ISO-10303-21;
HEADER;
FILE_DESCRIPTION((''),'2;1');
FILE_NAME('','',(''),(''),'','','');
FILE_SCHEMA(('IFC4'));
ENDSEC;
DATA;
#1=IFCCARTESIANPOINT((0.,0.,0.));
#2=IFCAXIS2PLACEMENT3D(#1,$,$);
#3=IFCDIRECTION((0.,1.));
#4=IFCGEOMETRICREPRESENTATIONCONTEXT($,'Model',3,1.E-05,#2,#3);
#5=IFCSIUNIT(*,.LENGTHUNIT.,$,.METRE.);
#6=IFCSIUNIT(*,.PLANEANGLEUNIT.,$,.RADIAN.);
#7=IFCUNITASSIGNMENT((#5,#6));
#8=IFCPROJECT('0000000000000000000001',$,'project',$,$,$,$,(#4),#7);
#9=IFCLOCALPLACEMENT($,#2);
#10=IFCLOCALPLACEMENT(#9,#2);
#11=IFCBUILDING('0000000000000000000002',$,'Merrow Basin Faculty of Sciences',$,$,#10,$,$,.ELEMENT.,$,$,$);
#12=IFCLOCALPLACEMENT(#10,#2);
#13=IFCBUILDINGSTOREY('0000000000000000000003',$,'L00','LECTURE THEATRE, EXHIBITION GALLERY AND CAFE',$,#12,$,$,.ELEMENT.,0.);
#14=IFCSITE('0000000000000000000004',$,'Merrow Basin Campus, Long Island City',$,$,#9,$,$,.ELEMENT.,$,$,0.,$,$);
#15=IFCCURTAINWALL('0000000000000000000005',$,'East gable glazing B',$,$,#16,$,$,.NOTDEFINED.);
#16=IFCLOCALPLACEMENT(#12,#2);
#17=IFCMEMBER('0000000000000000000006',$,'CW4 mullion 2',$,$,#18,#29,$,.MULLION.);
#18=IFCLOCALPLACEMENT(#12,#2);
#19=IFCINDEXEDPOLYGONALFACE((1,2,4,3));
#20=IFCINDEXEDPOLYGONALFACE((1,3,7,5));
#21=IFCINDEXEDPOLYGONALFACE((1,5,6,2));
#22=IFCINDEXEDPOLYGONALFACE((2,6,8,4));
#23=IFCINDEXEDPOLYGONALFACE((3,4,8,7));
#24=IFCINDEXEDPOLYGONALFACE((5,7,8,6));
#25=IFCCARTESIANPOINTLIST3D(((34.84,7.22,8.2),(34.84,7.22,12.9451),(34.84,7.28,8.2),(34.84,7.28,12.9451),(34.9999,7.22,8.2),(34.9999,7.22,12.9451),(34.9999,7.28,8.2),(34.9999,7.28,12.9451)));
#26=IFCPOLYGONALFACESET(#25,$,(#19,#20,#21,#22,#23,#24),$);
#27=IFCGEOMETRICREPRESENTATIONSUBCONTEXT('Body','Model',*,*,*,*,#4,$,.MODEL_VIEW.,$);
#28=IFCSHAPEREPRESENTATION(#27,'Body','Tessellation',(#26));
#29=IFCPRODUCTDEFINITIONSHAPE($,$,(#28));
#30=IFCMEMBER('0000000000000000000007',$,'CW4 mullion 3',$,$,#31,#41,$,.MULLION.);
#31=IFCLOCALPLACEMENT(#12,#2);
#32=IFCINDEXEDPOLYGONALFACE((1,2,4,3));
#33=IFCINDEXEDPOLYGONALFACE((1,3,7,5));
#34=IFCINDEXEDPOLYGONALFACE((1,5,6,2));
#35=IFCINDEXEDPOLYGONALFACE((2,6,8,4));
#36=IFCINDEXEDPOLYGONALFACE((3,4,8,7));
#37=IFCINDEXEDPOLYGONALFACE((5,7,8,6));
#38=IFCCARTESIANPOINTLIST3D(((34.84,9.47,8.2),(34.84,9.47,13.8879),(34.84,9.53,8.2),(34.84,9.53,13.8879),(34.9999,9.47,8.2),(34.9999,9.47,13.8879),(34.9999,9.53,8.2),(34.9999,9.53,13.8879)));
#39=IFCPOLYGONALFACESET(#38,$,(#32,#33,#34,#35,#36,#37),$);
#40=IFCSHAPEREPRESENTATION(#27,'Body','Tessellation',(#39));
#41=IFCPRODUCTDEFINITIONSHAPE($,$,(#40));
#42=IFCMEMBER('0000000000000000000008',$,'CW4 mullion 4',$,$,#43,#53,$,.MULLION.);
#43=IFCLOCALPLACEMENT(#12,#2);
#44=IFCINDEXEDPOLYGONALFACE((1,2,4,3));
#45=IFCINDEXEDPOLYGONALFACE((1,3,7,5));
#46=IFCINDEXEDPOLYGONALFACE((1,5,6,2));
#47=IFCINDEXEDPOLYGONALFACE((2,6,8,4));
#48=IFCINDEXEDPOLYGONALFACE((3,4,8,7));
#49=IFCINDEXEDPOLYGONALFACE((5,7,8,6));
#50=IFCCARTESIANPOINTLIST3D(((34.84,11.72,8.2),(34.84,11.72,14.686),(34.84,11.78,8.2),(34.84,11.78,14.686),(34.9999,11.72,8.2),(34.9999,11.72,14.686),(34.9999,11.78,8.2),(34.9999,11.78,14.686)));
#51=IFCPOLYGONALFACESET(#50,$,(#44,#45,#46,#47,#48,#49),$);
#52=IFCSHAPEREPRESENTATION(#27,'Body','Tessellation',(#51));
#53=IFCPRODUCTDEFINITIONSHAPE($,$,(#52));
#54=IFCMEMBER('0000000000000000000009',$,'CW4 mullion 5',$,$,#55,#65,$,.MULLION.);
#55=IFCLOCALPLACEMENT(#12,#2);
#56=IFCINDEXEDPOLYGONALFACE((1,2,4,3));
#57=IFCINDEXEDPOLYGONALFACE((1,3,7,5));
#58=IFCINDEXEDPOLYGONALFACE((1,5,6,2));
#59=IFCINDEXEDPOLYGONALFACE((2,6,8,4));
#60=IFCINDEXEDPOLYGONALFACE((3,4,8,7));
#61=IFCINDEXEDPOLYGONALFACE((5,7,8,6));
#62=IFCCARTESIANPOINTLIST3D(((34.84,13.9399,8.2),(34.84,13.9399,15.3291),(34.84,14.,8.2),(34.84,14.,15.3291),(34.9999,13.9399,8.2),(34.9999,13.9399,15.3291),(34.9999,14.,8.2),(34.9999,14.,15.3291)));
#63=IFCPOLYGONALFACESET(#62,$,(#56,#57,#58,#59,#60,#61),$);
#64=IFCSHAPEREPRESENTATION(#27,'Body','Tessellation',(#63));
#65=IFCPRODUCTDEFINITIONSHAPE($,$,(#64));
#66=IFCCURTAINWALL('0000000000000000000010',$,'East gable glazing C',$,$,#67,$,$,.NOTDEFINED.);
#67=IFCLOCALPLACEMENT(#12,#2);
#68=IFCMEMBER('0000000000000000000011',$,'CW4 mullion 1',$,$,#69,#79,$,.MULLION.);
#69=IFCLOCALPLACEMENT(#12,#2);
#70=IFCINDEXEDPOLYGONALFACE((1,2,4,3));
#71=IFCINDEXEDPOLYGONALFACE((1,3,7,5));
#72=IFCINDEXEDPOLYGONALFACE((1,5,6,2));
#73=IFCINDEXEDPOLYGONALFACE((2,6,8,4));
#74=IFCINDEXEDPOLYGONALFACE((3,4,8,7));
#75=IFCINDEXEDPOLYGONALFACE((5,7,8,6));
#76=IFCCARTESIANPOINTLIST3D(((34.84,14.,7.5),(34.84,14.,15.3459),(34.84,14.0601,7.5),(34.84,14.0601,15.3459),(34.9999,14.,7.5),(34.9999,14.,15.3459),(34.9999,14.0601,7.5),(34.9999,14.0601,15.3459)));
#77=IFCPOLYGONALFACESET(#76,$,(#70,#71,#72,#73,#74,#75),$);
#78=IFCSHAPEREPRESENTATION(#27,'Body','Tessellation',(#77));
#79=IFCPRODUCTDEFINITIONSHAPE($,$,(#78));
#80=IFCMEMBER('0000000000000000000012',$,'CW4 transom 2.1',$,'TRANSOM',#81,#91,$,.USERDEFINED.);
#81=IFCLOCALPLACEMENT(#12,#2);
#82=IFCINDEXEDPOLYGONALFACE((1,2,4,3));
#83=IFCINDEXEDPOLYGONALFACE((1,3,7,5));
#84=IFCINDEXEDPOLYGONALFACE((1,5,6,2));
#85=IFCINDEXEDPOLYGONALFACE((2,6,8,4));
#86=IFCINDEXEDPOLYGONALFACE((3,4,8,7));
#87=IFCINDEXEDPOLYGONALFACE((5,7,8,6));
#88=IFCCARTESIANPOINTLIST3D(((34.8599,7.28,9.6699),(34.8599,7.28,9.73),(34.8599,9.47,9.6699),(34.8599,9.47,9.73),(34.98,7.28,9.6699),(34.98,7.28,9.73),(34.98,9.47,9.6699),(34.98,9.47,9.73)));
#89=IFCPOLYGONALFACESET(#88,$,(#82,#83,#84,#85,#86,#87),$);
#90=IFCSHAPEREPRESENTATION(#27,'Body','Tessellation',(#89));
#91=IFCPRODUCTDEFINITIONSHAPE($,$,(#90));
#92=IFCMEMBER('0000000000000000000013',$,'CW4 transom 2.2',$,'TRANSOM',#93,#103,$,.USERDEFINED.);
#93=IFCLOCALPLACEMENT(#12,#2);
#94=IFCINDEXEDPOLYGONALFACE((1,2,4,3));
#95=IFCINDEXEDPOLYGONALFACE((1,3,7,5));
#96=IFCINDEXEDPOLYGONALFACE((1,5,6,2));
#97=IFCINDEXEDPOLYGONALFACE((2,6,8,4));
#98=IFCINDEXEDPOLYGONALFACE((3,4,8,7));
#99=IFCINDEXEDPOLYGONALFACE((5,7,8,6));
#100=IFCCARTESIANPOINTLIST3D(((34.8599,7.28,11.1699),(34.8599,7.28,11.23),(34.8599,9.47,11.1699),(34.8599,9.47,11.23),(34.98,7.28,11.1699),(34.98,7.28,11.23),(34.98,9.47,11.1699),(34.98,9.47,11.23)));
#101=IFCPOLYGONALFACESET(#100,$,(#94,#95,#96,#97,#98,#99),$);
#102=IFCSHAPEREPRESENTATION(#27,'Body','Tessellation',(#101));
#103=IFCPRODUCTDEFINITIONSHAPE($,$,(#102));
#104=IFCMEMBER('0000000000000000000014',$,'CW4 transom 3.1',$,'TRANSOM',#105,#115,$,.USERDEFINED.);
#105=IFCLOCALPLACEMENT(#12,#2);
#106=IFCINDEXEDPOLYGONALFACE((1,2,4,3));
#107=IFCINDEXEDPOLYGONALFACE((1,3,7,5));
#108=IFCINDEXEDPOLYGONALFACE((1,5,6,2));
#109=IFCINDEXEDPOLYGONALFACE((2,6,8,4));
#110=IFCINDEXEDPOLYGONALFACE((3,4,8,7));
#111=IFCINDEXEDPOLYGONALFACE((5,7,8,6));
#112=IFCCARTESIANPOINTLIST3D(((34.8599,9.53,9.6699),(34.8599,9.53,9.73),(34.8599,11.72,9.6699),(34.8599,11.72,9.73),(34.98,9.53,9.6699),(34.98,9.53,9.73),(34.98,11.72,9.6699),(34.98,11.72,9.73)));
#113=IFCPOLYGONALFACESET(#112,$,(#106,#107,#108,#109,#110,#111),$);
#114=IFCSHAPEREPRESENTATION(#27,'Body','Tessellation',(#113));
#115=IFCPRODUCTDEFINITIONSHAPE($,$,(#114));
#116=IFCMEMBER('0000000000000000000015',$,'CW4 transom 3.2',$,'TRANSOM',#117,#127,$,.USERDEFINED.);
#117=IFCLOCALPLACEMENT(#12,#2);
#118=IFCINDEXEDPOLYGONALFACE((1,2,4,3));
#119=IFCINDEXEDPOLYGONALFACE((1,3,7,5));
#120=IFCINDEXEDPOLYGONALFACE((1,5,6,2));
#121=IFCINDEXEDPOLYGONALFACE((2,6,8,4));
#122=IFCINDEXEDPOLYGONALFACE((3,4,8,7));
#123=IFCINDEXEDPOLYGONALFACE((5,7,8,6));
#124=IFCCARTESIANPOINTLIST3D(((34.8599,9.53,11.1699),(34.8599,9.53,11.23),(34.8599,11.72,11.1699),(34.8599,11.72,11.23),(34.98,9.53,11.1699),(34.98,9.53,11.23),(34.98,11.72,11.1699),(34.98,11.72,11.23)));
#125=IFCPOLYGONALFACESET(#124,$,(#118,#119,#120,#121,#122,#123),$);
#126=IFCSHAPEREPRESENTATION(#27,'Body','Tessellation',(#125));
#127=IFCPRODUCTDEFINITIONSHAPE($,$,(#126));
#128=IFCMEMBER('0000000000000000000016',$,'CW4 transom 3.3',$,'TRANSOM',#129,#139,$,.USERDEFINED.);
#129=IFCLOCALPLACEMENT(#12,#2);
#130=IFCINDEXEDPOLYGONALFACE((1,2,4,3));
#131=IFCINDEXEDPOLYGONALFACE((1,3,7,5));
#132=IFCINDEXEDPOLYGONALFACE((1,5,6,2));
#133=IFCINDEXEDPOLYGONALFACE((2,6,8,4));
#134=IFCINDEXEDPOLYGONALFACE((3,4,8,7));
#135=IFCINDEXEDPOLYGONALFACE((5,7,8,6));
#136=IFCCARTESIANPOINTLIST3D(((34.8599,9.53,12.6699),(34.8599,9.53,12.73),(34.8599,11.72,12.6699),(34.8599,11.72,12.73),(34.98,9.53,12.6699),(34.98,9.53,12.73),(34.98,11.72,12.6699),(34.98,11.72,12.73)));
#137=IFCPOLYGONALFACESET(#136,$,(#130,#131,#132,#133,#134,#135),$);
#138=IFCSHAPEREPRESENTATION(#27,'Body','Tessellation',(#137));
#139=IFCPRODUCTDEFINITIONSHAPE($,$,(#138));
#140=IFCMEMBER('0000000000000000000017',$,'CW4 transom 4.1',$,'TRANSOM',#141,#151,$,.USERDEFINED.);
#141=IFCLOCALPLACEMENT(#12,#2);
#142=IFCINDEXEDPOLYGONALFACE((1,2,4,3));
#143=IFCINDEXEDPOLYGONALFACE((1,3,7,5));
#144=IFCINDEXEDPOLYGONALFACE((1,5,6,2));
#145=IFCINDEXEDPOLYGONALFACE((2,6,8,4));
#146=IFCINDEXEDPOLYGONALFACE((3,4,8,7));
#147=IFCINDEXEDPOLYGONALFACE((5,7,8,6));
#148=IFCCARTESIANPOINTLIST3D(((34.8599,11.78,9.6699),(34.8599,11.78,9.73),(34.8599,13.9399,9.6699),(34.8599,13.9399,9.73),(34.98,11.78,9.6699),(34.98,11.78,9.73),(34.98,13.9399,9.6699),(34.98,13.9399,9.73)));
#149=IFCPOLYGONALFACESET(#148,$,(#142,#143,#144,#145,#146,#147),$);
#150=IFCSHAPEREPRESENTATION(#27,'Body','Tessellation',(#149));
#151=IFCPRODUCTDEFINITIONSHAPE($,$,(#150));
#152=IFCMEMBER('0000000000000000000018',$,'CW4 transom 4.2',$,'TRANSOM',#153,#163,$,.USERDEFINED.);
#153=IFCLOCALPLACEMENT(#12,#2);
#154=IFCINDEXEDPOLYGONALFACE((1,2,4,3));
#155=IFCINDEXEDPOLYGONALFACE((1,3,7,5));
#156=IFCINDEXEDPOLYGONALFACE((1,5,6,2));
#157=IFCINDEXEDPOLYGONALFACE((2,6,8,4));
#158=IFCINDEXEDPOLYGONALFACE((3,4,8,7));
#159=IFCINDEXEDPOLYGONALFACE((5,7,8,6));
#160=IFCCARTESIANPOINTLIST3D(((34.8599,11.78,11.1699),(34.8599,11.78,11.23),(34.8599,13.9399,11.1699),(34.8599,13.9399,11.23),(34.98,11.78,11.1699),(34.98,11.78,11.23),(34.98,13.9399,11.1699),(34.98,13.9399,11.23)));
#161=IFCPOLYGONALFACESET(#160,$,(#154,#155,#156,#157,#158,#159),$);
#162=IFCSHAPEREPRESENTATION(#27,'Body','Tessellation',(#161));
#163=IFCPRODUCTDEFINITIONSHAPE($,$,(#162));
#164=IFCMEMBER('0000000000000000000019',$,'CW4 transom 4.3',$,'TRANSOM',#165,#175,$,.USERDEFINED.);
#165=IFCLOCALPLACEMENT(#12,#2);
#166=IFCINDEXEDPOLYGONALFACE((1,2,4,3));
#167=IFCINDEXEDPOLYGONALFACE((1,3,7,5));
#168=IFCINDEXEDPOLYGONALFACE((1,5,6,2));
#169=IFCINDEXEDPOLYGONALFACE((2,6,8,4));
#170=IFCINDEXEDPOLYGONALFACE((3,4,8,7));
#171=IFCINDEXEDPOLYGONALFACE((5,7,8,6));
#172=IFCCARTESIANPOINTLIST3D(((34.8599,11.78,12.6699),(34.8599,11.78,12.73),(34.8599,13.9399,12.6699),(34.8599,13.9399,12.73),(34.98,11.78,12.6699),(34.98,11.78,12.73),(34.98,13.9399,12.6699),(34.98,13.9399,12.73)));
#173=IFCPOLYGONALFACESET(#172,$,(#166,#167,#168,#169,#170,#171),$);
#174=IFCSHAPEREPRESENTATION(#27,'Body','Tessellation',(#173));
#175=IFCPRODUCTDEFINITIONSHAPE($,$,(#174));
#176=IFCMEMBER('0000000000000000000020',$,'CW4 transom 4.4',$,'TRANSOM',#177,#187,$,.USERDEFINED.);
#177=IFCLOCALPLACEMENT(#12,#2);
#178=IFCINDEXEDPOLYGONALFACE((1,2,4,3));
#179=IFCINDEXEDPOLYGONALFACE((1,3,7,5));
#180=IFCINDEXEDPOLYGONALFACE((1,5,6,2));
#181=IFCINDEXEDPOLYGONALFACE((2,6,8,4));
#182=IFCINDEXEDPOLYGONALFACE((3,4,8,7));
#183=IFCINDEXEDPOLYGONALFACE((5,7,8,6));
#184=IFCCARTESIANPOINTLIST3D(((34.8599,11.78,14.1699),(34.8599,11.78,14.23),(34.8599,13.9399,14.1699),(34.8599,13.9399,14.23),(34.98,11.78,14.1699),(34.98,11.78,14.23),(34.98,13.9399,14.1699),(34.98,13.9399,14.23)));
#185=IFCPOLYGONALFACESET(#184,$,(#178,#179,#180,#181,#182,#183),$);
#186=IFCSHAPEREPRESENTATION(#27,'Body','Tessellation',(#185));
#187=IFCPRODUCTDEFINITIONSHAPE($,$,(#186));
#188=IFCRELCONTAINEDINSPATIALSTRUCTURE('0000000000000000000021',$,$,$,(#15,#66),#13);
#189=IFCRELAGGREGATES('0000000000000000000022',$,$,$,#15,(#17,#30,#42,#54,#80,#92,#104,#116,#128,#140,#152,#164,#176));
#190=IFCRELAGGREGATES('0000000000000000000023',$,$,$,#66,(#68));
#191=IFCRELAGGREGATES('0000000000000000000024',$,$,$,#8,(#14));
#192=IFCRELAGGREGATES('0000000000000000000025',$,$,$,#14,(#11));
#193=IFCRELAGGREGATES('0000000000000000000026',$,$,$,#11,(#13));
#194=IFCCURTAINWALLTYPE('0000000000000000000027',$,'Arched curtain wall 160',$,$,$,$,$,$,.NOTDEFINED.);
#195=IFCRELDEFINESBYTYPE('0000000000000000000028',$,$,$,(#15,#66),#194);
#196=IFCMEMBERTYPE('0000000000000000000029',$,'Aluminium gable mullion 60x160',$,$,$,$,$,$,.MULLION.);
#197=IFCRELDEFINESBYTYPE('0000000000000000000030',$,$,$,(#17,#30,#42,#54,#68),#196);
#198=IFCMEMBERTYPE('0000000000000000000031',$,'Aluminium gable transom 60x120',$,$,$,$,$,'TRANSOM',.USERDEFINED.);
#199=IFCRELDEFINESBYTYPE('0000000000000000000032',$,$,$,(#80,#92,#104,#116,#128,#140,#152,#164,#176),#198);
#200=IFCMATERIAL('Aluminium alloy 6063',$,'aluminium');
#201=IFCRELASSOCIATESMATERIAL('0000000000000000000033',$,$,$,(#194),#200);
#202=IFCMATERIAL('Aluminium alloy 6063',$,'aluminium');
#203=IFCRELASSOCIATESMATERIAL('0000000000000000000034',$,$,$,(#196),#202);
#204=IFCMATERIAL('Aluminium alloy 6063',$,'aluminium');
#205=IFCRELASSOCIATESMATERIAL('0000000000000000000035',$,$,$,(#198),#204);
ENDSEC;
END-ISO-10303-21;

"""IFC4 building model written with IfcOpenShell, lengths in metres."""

from ifc_helpers import new_model, si_unit, direction, frame, origin, origin_2d, place, context, subcontext, project, spatial, rectangle, extrude, material, material_profile, profile_set, type_object, element, aggregate, save


model = new_model("IFC4")

# Units and contexts
model_context = context("Model", 3, precision=1e-05, world=origin(), true_north=direction((0.0, 1.0)))
body_context = subcontext(model_context, "Body", "Model", "MODEL_VIEW")
ifc_project = project(units=[si_unit("LENGTHUNIT", "METRE"), si_unit("PLANEANGLEUNIT", "RADIAN")], contexts=[model_context])

# Site, building, storey
site_placement = place(None, origin())
site = spatial("IfcSite", under=ifc_project, at=site_placement, Name="Merrow Basin Campus, Long Island City", CompositionType="ELEMENT", RefElevation=0.0)
building_placement = place(site_placement, origin())
building = spatial("IfcBuilding", under=site, at=building_placement, Name="Merrow Basin Faculty of Sciences", CompositionType="ELEMENT")
storey_placement = place(building_placement, origin())
storey = spatial("IfcBuildingStorey", under=building, at=storey_placement, Name="L00", Description="LECTURE THEATRE, EXHIBITION GALLERY AND CAFE", CompositionType="ELEMENT", Elevation=0.0)

# Curtain wall, members
ifc_material_1 = material(Name="Aluminium alloy 6063", Category="aluminium")
curtain_wall_type = type_object("IfcCurtainWallType", Name="Arched curtain wall 160", PredefinedType="NOTDEFINED", material=ifc_material_1)
curtain_wall_1_placement = place(storey_placement, origin())
curtain_wall_1 = element("IfcCurtainWall", 1, at=curtain_wall_1_placement, inside=storey, type_object=curtain_wall_type, Name="East gable glazing B", PredefinedType="NOTDEFINED")
ifc_material_2 = material(Name="Aluminium alloy 6063", Category="aluminium")
ifc_material_profile_1 = material_profile(ifc_material_2, rectangle(XDim=0.1599, YDim=0.0601, at=origin_2d()))
ifc_profile_set_1 = profile_set([ifc_material_profile_1], Name="Aluminium alloy 6063")
member_type_1 = type_object("IfcMemberType", Name="Aluminium gable mullion 60x160", PredefinedType="MULLION", material=ifc_profile_set_1)
member_1_placement = place(storey_placement, frame((34.9199, 7.25, 8.2), z_axis=(0.0, 0.0, 1.0), x_axis=(1.0, 0.0, 0.0)))
member_1 = element("IfcMember", 2, at=member_1_placement, type_object=member_type_1, Name="CW4 mullion 2", PredefinedType="MULLION", context=body_context, shape_type="SweptSolid", body=[
    extrude(rectangle(XDim=0.1599, YDim=0.0601, at=origin_2d()), origin(), (0.0, 0.0, 1.0), 4.7451),
])
member_2_placement = place(storey_placement, frame((34.9199, 9.5, 8.2), z_axis=(0.0, 0.0, 1.0), x_axis=(1.0, 0.0, 0.0)))
member_2 = element("IfcMember", 3, at=member_2_placement, type_object=member_type_1, Name="CW4 mullion 3", PredefinedType="MULLION", context=body_context, shape_type="SweptSolid", body=[
    extrude(rectangle(XDim=0.1599, YDim=0.0601, at=origin_2d()), origin(), (0.0, 0.0, 1.0), 5.688),
])
member_3_placement = place(storey_placement, frame((34.9199, 11.75, 8.2), z_axis=(0.0, 0.0, 1.0), x_axis=(1.0, 0.0, 0.0)))
member_3 = element("IfcMember", 4, at=member_3_placement, type_object=member_type_1, Name="CW4 mullion 4", PredefinedType="MULLION", context=body_context, shape_type="SweptSolid", body=[
    extrude(rectangle(XDim=0.1599, YDim=0.0601, at=origin_2d()), origin(), (0.0, 0.0, 1.0), 6.4861),
])
member_4_placement = place(storey_placement, frame((34.9199, 13.97, 8.2), z_axis=(0.0, 0.0, 1.0), x_axis=(1.0, 0.0, 0.0)))
member_4 = element("IfcMember", 5, at=member_4_placement, type_object=member_type_1, Name="CW4 mullion 5", PredefinedType="MULLION", context=body_context, shape_type="SweptSolid", body=[
    extrude(rectangle(XDim=0.1599, YDim=0.0601, at=origin_2d()), origin(), (0.0, 0.0, 1.0), 7.1292),
])

# Curtain wall, member
curtain_wall_2_placement = place(storey_placement, origin())
curtain_wall_2 = element("IfcCurtainWall", 6, at=curtain_wall_2_placement, inside=storey, type_object=curtain_wall_type, Name="East gable glazing C", PredefinedType="NOTDEFINED")
member_5_placement = place(storey_placement, frame((34.9199, 14.03, 7.5), z_axis=(0.0, 0.0, 1.0), x_axis=(1.0, 0.0, 0.0)))
member_5 = element("IfcMember", 7, at=member_5_placement, type_object=member_type_1, Name="CW4 mullion 1", PredefinedType="MULLION", context=body_context, shape_type="SweptSolid", body=[
    extrude(rectangle(XDim=0.1599, YDim=0.0601, at=origin_2d()), origin(), (0.0, 0.0, 1.0), 7.8459),
])

# Members
ifc_material_3 = material(Name="Aluminium alloy 6063", Category="aluminium")
ifc_material_profile_2 = material_profile(ifc_material_3, rectangle(XDim=0.1201, YDim=0.0601, at=origin_2d()))
ifc_profile_set_2 = profile_set([ifc_material_profile_2], Name="Aluminium alloy 6063")
member_type_2 = type_object("IfcMemberType", Name="Aluminium gable transom 60x120", ElementType="TRANSOM", PredefinedType="USERDEFINED", material=ifc_profile_set_2)
member_6_placement = place(storey_placement, frame((34.9199, 7.28, 9.7), z_axis=(0.0, 1.0, 0.0), x_axis=(-1.0, 0.0, 0.0)))
member_6 = element("IfcMember", 8, at=member_6_placement, type_object=member_type_2, Name="CW4 transom 2.1", ObjectType="TRANSOM", PredefinedType="USERDEFINED", context=body_context, shape_type="SweptSolid", body=[
    extrude(rectangle(XDim=0.1201, YDim=0.0601, at=origin_2d()), origin(), (0.0, 0.0, 1.0), 2.1899),
])
member_7_placement = place(storey_placement, frame((34.9199, 7.28, 11.2), z_axis=(0.0, 1.0, 0.0), x_axis=(-1.0, 0.0, 0.0)))
member_7 = element("IfcMember", 9, at=member_7_placement, type_object=member_type_2, Name="CW4 transom 2.2", ObjectType="TRANSOM", PredefinedType="USERDEFINED", context=body_context, shape_type="SweptSolid", body=[
    extrude(rectangle(XDim=0.1201, YDim=0.0601, at=origin_2d()), origin(), (0.0, 0.0, 1.0), 2.1899),
])
member_8_placement = place(storey_placement, frame((34.9199, 9.53, 9.7), z_axis=(0.0, 1.0, 0.0), x_axis=(-1.0, 0.0, 0.0)))
member_8 = element("IfcMember", 10, at=member_8_placement, type_object=member_type_2, Name="CW4 transom 3.1", ObjectType="TRANSOM", PredefinedType="USERDEFINED", context=body_context, shape_type="SweptSolid", body=[
    extrude(rectangle(XDim=0.1201, YDim=0.0601, at=origin_2d()), origin(), (0.0, 0.0, 1.0), 2.1899),
])
member_9_placement = place(storey_placement, frame((34.9199, 9.53, 11.2), z_axis=(0.0, 1.0, 0.0), x_axis=(-1.0, 0.0, 0.0)))
member_9 = element("IfcMember", 11, at=member_9_placement, type_object=member_type_2, Name="CW4 transom 3.2", ObjectType="TRANSOM", PredefinedType="USERDEFINED", context=body_context, shape_type="SweptSolid", body=[
    extrude(rectangle(XDim=0.1201, YDim=0.0601, at=origin_2d()), origin(), (0.0, 0.0, 1.0), 2.1899),
])
member_10_placement = place(storey_placement, frame((34.9199, 9.53, 12.7), z_axis=(0.0, 1.0, 0.0), x_axis=(-1.0, 0.0, 0.0)))
member_10 = element("IfcMember", 12, at=member_10_placement, type_object=member_type_2, Name="CW4 transom 3.3", ObjectType="TRANSOM", PredefinedType="USERDEFINED", context=body_context, shape_type="SweptSolid", body=[
    extrude(rectangle(XDim=0.1201, YDim=0.0601, at=origin_2d()), origin(), (0.0, 0.0, 1.0), 2.1899),
])
member_11_placement = place(storey_placement, frame((34.9199, 11.78, 9.7), z_axis=(0.0, 1.0, 0.0), x_axis=(-1.0, 0.0, 0.0)))
member_11 = element("IfcMember", 13, at=member_11_placement, type_object=member_type_2, Name="CW4 transom 4.1", ObjectType="TRANSOM", PredefinedType="USERDEFINED", context=body_context, shape_type="SweptSolid", body=[
    extrude(rectangle(XDim=0.1201, YDim=0.0601, at=origin_2d()), origin(), (0.0, 0.0, 1.0), 2.1599),
])
member_12_placement = place(storey_placement, frame((34.9199, 11.78, 11.2), z_axis=(0.0, 1.0, 0.0), x_axis=(-1.0, 0.0, 0.0)))
member_12 = element("IfcMember", 14, at=member_12_placement, type_object=member_type_2, Name="CW4 transom 4.2", ObjectType="TRANSOM", PredefinedType="USERDEFINED", context=body_context, shape_type="SweptSolid", body=[
    extrude(rectangle(XDim=0.1201, YDim=0.0601, at=origin_2d()), origin(), (0.0, 0.0, 1.0), 2.1599),
])
member_13_placement = place(storey_placement, frame((34.9199, 11.78, 12.7), z_axis=(0.0, 1.0, 0.0), x_axis=(-1.0, 0.0, 0.0)))
member_13 = element("IfcMember", 15, at=member_13_placement, type_object=member_type_2, Name="CW4 transom 4.3", ObjectType="TRANSOM", PredefinedType="USERDEFINED", context=body_context, shape_type="SweptSolid", body=[
    extrude(rectangle(XDim=0.1201, YDim=0.0601, at=origin_2d()), origin(), (0.0, 0.0, 1.0), 2.1599),
])
member_14_placement = place(storey_placement, frame((34.9199, 11.78, 14.2), z_axis=(0.0, 1.0, 0.0), x_axis=(-1.0, 0.0, 0.0)))
member_14 = element("IfcMember", 16, at=member_14_placement, type_object=member_type_2, Name="CW4 transom 4.4", ObjectType="TRANSOM", PredefinedType="USERDEFINED", context=body_context, shape_type="SweptSolid", body=[
    extrude(rectangle(XDim=0.1201, YDim=0.0601, at=origin_2d()), origin(), (0.0, 0.0, 1.0), 2.1599),
])

aggregate(curtain_wall_1, [member_1, member_2, member_3, member_4, member_6, member_7, member_8, member_9, member_10, member_11, member_12, member_13, member_14])
aggregate(curtain_wall_2, [member_5])

save(model, "model.ifc")
